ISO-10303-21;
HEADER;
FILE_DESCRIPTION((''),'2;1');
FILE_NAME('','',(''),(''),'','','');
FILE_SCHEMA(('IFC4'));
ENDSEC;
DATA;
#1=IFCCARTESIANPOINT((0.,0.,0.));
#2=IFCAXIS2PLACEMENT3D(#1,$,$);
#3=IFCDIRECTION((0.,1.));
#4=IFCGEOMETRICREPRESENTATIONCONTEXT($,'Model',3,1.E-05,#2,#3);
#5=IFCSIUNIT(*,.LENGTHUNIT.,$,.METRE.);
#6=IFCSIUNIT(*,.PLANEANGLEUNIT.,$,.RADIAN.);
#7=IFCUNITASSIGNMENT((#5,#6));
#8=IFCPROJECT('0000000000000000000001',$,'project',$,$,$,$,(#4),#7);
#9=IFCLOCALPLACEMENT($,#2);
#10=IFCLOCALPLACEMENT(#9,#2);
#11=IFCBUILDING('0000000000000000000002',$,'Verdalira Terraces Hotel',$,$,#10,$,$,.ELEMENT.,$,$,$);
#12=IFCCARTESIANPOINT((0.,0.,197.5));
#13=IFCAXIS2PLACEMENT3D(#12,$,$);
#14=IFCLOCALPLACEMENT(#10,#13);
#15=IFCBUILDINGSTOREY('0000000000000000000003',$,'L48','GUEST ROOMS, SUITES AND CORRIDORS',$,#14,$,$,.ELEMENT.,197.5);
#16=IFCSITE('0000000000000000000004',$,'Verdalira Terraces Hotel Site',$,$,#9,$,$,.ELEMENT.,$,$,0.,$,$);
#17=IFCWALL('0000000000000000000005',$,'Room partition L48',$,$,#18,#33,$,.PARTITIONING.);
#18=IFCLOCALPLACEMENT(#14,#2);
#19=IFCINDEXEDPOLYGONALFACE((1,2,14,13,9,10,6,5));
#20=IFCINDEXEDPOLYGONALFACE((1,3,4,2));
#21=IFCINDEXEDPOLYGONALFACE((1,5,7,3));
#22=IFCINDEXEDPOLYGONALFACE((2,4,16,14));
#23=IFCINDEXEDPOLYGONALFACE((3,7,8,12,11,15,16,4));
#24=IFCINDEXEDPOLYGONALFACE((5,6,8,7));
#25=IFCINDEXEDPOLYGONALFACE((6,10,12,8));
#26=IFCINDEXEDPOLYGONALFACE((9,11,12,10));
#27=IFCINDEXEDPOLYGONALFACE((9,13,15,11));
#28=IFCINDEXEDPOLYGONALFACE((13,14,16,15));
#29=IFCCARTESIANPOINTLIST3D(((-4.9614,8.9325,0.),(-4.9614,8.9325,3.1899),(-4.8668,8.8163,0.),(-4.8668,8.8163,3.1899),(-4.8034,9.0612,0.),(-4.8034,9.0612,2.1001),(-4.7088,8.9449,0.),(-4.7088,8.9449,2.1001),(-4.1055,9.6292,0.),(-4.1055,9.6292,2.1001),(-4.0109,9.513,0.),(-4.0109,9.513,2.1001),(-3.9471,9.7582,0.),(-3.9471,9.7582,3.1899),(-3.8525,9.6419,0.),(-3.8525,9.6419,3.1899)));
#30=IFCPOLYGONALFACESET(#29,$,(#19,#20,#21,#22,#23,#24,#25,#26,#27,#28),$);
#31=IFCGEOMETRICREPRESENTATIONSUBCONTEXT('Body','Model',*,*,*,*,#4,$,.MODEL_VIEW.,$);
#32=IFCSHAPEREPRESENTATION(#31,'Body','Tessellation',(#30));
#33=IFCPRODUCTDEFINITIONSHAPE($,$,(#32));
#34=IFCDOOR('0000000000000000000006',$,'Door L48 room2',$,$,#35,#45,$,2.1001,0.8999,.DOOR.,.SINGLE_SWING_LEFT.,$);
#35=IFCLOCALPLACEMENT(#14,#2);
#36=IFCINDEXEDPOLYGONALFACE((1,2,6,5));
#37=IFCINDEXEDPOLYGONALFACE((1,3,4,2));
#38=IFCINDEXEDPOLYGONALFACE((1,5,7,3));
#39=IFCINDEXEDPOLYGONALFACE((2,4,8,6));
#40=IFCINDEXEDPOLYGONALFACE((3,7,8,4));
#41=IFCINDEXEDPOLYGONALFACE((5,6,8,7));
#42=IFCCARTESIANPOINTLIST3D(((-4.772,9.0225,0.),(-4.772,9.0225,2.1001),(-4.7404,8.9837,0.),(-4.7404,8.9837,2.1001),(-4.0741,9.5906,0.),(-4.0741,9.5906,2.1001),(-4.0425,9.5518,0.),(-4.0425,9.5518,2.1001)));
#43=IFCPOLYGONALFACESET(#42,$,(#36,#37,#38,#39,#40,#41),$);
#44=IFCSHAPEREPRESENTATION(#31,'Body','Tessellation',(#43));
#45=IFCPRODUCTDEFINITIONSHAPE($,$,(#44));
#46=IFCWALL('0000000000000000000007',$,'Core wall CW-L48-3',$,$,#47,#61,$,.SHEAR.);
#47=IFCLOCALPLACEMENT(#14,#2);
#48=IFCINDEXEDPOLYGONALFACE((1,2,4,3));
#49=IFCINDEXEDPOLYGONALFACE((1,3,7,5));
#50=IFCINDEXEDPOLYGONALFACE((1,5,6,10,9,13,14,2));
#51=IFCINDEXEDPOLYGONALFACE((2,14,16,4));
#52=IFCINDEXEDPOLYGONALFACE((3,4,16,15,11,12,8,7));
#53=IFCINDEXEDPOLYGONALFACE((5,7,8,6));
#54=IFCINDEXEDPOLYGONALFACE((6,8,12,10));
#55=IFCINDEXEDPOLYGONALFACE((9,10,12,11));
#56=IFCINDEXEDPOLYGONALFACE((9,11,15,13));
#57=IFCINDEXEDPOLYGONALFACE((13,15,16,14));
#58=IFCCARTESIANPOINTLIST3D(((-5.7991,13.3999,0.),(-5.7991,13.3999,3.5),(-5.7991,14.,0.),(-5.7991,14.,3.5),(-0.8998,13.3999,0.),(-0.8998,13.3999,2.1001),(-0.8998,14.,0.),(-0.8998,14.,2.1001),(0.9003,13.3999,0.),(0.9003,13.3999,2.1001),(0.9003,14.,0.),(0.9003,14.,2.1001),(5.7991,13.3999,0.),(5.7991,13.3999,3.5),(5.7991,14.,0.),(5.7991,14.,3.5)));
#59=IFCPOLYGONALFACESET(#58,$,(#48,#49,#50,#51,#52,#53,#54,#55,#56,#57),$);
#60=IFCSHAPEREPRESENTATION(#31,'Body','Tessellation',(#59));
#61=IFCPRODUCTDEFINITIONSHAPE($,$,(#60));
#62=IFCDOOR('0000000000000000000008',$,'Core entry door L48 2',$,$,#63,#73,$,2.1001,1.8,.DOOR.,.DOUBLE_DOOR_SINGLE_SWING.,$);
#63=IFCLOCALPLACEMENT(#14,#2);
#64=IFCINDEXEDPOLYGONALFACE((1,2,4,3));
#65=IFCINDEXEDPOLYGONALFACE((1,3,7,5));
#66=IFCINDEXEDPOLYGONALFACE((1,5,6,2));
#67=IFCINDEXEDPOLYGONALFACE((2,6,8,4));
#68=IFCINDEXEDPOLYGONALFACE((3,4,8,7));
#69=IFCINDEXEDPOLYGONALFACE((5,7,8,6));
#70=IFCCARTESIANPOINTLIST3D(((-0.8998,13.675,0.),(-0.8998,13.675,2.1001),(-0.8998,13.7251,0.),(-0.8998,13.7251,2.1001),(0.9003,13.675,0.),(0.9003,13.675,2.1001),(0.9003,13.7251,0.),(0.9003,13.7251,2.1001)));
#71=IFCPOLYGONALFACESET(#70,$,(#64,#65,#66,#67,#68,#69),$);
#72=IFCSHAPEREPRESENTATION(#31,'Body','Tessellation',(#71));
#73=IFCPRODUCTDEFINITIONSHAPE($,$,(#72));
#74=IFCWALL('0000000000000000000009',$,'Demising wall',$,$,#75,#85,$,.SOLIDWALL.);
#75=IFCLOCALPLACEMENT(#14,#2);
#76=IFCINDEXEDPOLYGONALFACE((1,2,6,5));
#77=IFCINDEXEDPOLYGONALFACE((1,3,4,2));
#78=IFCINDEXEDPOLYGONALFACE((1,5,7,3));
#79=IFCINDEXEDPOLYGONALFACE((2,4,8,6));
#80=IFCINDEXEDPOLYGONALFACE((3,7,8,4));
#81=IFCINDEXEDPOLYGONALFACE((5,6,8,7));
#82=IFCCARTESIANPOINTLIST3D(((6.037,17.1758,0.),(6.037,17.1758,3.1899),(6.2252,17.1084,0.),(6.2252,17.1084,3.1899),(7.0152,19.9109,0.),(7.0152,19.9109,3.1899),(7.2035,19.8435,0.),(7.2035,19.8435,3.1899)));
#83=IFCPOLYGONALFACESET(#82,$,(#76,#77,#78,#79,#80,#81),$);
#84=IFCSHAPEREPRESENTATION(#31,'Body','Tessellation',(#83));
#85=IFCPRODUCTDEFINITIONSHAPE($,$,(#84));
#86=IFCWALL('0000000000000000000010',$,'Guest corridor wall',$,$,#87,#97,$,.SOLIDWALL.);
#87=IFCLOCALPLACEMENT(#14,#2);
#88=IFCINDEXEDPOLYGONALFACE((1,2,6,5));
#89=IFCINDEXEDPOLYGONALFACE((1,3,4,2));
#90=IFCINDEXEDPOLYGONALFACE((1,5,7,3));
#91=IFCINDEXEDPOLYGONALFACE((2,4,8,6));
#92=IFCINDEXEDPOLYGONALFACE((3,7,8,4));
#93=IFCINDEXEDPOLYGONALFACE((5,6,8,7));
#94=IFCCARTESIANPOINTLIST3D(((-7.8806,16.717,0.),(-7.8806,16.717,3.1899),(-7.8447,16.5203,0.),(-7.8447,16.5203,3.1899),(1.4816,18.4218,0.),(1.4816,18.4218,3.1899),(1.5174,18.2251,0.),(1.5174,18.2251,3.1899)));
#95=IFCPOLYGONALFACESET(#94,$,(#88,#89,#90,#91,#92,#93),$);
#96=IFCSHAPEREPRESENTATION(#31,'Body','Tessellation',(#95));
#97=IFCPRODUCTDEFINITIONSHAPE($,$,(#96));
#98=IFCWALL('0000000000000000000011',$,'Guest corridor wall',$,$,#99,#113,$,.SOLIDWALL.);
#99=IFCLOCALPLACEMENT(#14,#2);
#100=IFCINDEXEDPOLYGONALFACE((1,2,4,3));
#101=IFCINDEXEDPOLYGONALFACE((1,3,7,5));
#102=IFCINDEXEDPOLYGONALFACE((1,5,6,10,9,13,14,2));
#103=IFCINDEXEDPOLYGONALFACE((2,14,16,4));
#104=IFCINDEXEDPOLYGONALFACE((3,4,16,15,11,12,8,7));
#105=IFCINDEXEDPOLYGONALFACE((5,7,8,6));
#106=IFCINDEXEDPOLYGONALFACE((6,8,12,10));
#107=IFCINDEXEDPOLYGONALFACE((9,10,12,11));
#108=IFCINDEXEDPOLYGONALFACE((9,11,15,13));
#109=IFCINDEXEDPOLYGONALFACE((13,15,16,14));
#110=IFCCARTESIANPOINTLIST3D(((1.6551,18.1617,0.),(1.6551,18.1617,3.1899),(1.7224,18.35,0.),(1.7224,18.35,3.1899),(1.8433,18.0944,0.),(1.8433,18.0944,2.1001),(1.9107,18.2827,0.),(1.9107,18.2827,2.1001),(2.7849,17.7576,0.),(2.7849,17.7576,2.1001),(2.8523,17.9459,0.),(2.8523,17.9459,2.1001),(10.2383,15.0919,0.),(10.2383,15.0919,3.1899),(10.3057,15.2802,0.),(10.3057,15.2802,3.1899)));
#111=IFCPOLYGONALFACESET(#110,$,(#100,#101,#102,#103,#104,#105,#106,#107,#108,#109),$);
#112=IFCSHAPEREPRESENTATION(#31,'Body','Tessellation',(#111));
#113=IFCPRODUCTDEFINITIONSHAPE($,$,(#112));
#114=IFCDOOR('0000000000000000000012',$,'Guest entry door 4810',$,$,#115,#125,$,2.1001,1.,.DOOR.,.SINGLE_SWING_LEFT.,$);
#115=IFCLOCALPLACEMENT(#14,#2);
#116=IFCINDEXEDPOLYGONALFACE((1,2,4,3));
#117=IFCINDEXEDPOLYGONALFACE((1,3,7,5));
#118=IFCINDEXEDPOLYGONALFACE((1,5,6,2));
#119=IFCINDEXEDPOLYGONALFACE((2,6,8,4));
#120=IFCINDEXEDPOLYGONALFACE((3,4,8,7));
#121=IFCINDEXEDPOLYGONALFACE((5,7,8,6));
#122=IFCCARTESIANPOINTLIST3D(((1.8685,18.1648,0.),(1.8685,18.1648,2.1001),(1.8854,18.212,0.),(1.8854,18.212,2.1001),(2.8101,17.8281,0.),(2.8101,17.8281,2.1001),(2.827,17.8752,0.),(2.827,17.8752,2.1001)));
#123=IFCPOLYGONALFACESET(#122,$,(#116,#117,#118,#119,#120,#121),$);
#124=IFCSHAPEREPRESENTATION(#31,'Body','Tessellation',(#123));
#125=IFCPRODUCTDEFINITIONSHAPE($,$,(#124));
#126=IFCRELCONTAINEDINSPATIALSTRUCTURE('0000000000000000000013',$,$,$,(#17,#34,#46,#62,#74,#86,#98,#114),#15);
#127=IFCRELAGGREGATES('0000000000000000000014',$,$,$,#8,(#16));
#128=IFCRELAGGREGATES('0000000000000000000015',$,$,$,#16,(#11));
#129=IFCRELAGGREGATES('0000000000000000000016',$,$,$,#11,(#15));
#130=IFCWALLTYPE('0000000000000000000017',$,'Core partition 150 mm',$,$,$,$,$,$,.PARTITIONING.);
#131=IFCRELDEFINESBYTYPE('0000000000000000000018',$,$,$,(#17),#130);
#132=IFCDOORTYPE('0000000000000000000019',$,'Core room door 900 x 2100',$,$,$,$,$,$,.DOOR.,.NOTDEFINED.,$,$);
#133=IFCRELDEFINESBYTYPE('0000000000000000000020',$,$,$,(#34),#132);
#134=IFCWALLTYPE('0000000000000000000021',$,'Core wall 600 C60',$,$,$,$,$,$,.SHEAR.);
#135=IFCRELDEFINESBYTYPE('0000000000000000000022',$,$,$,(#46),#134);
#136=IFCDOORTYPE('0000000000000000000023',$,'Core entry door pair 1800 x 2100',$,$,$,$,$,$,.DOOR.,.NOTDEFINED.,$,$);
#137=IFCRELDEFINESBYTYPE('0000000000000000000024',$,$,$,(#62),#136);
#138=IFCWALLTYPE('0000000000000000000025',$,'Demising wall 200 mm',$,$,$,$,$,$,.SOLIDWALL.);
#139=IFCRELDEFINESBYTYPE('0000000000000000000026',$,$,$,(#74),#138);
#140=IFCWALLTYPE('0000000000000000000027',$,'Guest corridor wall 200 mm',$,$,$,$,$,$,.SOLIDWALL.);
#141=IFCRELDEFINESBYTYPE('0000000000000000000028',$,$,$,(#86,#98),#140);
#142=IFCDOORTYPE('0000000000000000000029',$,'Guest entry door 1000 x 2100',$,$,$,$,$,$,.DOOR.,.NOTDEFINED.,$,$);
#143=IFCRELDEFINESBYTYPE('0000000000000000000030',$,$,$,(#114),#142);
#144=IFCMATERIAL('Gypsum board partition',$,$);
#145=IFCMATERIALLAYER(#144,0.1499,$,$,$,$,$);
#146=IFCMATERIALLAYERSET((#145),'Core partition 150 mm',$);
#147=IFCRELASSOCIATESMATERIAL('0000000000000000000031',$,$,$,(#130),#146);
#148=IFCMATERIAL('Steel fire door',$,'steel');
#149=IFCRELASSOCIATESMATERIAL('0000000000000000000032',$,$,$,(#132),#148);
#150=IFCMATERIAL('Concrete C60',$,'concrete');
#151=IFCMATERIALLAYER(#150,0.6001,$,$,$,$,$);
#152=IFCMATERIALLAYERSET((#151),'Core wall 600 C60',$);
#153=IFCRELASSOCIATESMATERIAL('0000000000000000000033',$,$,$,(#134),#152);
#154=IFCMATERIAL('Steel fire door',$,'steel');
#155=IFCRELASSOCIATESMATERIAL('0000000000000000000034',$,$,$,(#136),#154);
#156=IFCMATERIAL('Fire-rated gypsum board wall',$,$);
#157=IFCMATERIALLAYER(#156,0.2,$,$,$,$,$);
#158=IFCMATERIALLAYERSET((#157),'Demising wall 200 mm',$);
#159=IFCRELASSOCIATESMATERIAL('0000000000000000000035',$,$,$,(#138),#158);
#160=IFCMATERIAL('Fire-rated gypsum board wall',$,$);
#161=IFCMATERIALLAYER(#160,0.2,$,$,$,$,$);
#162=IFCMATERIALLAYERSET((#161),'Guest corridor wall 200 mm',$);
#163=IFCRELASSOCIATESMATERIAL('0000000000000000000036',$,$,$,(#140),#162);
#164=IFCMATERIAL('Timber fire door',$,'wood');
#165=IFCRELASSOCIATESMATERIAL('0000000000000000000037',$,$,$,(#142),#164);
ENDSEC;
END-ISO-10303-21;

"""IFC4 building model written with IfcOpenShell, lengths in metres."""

from ifc_helpers import new_model, si_unit, direction, frame, frame_2d, origin, place, context, subcontext, project, spatial, rectangle, extrude, material, layer, layer_set, type_object, element, fill, save


model = new_model("IFC4")

# Units and contexts
model_context = context("Model", 3, precision=1e-05, world=origin(), true_north=direction((0.0, 1.0)))
body_context = subcontext(model_context, "Body", "Model", "MODEL_VIEW")
ifc_project = project(units=[si_unit("LENGTHUNIT", "METRE"), si_unit("PLANEANGLEUNIT", "RADIAN")], contexts=[model_context])

# Site, building, storey
site_placement = place(None, origin())
site = spatial("IfcSite", under=ifc_project, at=site_placement, Name="Verdalira Terraces Hotel Site", CompositionType="ELEMENT", RefElevation=0.0)
building_placement = place(site_placement, origin())
building = spatial("IfcBuilding", under=site, at=building_placement, Name="Verdalira Terraces Hotel", CompositionType="ELEMENT")
storey_placement = place(building_placement, frame((0.0, 0.0, 197.5)))
storey = spatial("IfcBuildingStorey", under=building, at=storey_placement, Name="L48", Description="GUEST ROOMS, SUITES AND CORRIDORS", CompositionType="ELEMENT", Elevation=197.5)

# Walls, openings, doors
ifc_material_1 = material(Name="Gypsum board partition")
ifc_layer_1 = layer(ifc_material_1, 0.1499)
ifc_layer_set_1 = layer_set([ifc_layer_1], Name="Core partition 150 mm")
wall_type_1 = type_object("IfcWallType", Name="Core partition 150 mm", PredefinedType="PARTITIONING", material=ifc_layer_set_1)
wall_1_placement = place(storey_placement, frame((-3.8999, 9.7, 0.0), z_axis=(0.0, 0.0, 1.0), x_axis=(-0.77556, -0.631274, 0.0)))
wall_1 = element("IfcWall", 1, at=wall_1_placement, inside=storey, type_object=wall_type_1, Name="Room partition L48", PredefinedType="PARTITIONING", context=body_context, shape_type="SweptSolid", body=[
    extrude(rectangle(XDim=1.3079, YDim=0.1499, at=frame_2d((0.6538, 0.0))), origin(), (0.0, 0.0, 1.0), 3.1899),
])
opening_1_placement = place(wall_1_placement, frame((0.2041, 0.0, 0.0)))
opening_1 = element("IfcOpeningElement", 2, at=opening_1_placement, cuts=wall_1, PredefinedType="OPENING", context=body_context, shape_type="SweptSolid", body=[
    extrude(rectangle(XDim=0.8999, YDim=2.1001, at=frame_2d((0.45, 1.05))), frame((0.0, 0.085, 0.0), z_axis=(0.0, -1.0, 0.0), x_axis=(1.0, 0.0, 0.0)), (0.0, 0.0, 1.0), 0.1699),
])
ifc_material_2 = material(Name="Steel fire door", Category="steel")
door_type_1 = type_object("IfcDoorType", Name="Core room door 900 x 2100", OperationType="NOTDEFINED", PredefinedType="DOOR", material=ifc_material_2)
door_1_placement = place(opening_1_placement, origin())
door_1 = element("IfcDoor", 3, at=door_1_placement, inside=storey, type_object=door_type_1, Name="Door L48 room2", OperationType="SINGLE_SWING_LEFT", OverallHeight=2.1001, OverallWidth=0.8999, PredefinedType="DOOR", context=body_context, shape_type="SweptSolid", body=[
    extrude(rectangle(XDim=0.8999, YDim=2.1001, at=frame_2d((0.45, 1.05))), frame((0.0, 0.0249, 0.0), z_axis=(0.0, -1.0, 0.0), x_axis=(1.0, 0.0, 0.0)), (0.0, 0.0, 1.0), 0.05),
])
fill(opening_1, door_1)
ifc_material_3 = material(Name="Concrete C60", Category="concrete")
ifc_layer_2 = layer(ifc_material_3, 0.6001)
ifc_layer_set_2 = layer_set([ifc_layer_2], Name="Core wall 600 C60")
wall_type_2 = type_object("IfcWallType", Name="Core wall 600 C60", PredefinedType="SHEAR", material=ifc_layer_set_2)
wall_2_placement = place(storey_placement, frame((5.7991, 13.7, 0.0), z_axis=(0.0, 0.0, 1.0), x_axis=(-1.0, 0.0, 0.0)))
wall_2 = element("IfcWall", 4, at=wall_2_placement, inside=storey, type_object=wall_type_2, Name="Core wall CW-L48-3", PredefinedType="SHEAR", context=body_context, shape_type="SweptSolid", body=[
    extrude(rectangle(XDim=11.5981, YDim=0.6001, at=frame_2d((5.7991, 0.0))), origin(), (0.0, 0.0, 1.0), 3.5),
])
opening_2_placement = place(wall_2_placement, frame((4.8989, 0.0, 0.0)))
opening_2 = element("IfcOpeningElement", 5, at=opening_2_placement, cuts=wall_2, PredefinedType="OPENING", context=body_context, shape_type="SweptSolid", body=[
    extrude(rectangle(XDim=1.8, YDim=2.1001, at=frame_2d((0.8999, 1.05))), frame((0.0, 0.3101, 0.0), z_axis=(0.0, -1.0, 0.0), x_axis=(1.0, 0.0, 0.0)), (0.0, 0.0, 1.0), 0.6201),
])
ifc_material_4 = material(Name="Steel fire door", Category="steel")
door_type_2 = type_object("IfcDoorType", Name="Core entry door pair 1800 x 2100", OperationType="NOTDEFINED", PredefinedType="DOOR", material=ifc_material_4)
door_2_placement = place(opening_2_placement, origin())
door_2 = element("IfcDoor", 6, at=door_2_placement, inside=storey, type_object=door_type_2, Name="Core entry door L48 2", OperationType="DOUBLE_DOOR_SINGLE_SWING", OverallHeight=2.1001, OverallWidth=1.8, PredefinedType="DOOR", context=body_context, shape_type="SweptSolid", body=[
    extrude(rectangle(XDim=1.8, YDim=2.1001, at=frame_2d((0.8999, 1.05))), frame((0.0, 0.0249, 0.0), z_axis=(0.0, -1.0, 0.0), x_axis=(1.0, 0.0, 0.0)), (0.0, 0.0, 1.0), 0.05),
])
fill(opening_2, door_2)

# Walls
ifc_material_5 = material(Name="Fire-rated gypsum board wall")
ifc_layer_3 = layer(ifc_material_5, 0.2)
ifc_layer_set_3 = layer_set([ifc_layer_3], Name="Demising wall 200 mm")
wall_type_3 = type_object("IfcWallType", Name="Demising wall 200 mm", PredefinedType="SOLIDWALL", material=ifc_layer_set_3)
wall_3_placement = place(storey_placement, frame((6.1311, 17.1421, 0.0), z_axis=(0.0, 0.0, 1.0), x_axis=(0.336778, 0.941584, 0.0)))
element("IfcWall", 7, at=wall_3_placement, inside=storey, type_object=wall_type_3, Name="Demising wall", PredefinedType="SOLIDWALL", context=body_context, shape_type="SweptSolid", body=[
    extrude(rectangle(XDim=2.9048, YDim=0.2, at=frame_2d((1.4524, 0.0))), origin(), (0.0, 0.0, 1.0), 3.1899),
])
ifc_material_6 = material(Name="Fire-rated gypsum board wall")
ifc_layer_4 = layer(ifc_material_6, 0.2)
ifc_layer_set_4 = layer_set([ifc_layer_4], Name="Guest corridor wall 200 mm")
wall_type_4 = type_object("IfcWallType", Name="Guest corridor wall 200 mm", PredefinedType="SOLIDWALL", material=ifc_layer_set_4)
wall_4_placement = place(storey_placement, frame((1.4995, 18.3235, 0.0), z_axis=(0.0, 0.0, 1.0), x_axis=(-0.983821, -0.179154, 0.0)))
element("IfcWall", 8, at=wall_4_placement, inside=storey, type_object=wall_type_4, Name="Guest corridor wall", PredefinedType="SOLIDWALL", context=body_context, shape_type="SweptSolid", body=[
    extrude(rectangle(XDim=9.5161, YDim=0.2, at=frame_2d((4.7581, 0.0))), origin(), (0.0, 0.0, 1.0), 3.1899),
])

# Wall, opening, door
wall_5_placement = place(storey_placement, frame((1.6887, 18.2559, 0.0), z_axis=(0.0, 0.0, 1.0), x_axis=(0.94159, -0.336762, 0.0)))
wall_5 = element("IfcWall", 9, at=wall_5_placement, inside=storey, type_object=wall_type_4, Name="Guest corridor wall", PredefinedType="SOLIDWALL", context=body_context, shape_type="SweptSolid", body=[
    extrude(rectangle(XDim=9.1157, YDim=0.2, at=frame_2d((4.5579, 0.0))), origin(), (0.0, 0.0, 1.0), 3.1899),
])
opening_3_placement = place(wall_5_placement, frame((0.2, 0.0, 0.0)))
opening_3 = element("IfcOpeningElement", 10, at=opening_3_placement, cuts=wall_5, PredefinedType="OPENING", context=body_context, shape_type="SweptSolid", body=[
    extrude(rectangle(XDim=1.0, YDim=2.1001, at=frame_2d((0.5, 1.05))), frame((0.0, 0.1099, 0.0), z_axis=(0.0, -1.0, 0.0), x_axis=(1.0, 0.0, 0.0)), (0.0, 0.0, 1.0), 0.22),
])
ifc_material_7 = material(Name="Timber fire door", Category="wood")
door_type_3 = type_object("IfcDoorType", Name="Guest entry door 1000 x 2100", OperationType="NOTDEFINED", PredefinedType="DOOR", material=ifc_material_7)
door_3_placement = place(opening_3_placement, origin())
door_3 = element("IfcDoor", 11, at=door_3_placement, inside=storey, type_object=door_type_3, Name="Guest entry door 4810", OperationType="SINGLE_SWING_LEFT", OverallHeight=2.1001, OverallWidth=1.0, PredefinedType="DOOR", context=body_context, shape_type="SweptSolid", body=[
    extrude(rectangle(XDim=1.0, YDim=2.1001, at=frame_2d((0.5, 1.05))), frame((0.0, 0.0249, 0.0), z_axis=(0.0, -1.0, 0.0), x_axis=(1.0, 0.0, 0.0)), (0.0, 0.0, 1.0), 0.05),
])
fill(opening_3, door_3)

save(model, "model.ifc")
